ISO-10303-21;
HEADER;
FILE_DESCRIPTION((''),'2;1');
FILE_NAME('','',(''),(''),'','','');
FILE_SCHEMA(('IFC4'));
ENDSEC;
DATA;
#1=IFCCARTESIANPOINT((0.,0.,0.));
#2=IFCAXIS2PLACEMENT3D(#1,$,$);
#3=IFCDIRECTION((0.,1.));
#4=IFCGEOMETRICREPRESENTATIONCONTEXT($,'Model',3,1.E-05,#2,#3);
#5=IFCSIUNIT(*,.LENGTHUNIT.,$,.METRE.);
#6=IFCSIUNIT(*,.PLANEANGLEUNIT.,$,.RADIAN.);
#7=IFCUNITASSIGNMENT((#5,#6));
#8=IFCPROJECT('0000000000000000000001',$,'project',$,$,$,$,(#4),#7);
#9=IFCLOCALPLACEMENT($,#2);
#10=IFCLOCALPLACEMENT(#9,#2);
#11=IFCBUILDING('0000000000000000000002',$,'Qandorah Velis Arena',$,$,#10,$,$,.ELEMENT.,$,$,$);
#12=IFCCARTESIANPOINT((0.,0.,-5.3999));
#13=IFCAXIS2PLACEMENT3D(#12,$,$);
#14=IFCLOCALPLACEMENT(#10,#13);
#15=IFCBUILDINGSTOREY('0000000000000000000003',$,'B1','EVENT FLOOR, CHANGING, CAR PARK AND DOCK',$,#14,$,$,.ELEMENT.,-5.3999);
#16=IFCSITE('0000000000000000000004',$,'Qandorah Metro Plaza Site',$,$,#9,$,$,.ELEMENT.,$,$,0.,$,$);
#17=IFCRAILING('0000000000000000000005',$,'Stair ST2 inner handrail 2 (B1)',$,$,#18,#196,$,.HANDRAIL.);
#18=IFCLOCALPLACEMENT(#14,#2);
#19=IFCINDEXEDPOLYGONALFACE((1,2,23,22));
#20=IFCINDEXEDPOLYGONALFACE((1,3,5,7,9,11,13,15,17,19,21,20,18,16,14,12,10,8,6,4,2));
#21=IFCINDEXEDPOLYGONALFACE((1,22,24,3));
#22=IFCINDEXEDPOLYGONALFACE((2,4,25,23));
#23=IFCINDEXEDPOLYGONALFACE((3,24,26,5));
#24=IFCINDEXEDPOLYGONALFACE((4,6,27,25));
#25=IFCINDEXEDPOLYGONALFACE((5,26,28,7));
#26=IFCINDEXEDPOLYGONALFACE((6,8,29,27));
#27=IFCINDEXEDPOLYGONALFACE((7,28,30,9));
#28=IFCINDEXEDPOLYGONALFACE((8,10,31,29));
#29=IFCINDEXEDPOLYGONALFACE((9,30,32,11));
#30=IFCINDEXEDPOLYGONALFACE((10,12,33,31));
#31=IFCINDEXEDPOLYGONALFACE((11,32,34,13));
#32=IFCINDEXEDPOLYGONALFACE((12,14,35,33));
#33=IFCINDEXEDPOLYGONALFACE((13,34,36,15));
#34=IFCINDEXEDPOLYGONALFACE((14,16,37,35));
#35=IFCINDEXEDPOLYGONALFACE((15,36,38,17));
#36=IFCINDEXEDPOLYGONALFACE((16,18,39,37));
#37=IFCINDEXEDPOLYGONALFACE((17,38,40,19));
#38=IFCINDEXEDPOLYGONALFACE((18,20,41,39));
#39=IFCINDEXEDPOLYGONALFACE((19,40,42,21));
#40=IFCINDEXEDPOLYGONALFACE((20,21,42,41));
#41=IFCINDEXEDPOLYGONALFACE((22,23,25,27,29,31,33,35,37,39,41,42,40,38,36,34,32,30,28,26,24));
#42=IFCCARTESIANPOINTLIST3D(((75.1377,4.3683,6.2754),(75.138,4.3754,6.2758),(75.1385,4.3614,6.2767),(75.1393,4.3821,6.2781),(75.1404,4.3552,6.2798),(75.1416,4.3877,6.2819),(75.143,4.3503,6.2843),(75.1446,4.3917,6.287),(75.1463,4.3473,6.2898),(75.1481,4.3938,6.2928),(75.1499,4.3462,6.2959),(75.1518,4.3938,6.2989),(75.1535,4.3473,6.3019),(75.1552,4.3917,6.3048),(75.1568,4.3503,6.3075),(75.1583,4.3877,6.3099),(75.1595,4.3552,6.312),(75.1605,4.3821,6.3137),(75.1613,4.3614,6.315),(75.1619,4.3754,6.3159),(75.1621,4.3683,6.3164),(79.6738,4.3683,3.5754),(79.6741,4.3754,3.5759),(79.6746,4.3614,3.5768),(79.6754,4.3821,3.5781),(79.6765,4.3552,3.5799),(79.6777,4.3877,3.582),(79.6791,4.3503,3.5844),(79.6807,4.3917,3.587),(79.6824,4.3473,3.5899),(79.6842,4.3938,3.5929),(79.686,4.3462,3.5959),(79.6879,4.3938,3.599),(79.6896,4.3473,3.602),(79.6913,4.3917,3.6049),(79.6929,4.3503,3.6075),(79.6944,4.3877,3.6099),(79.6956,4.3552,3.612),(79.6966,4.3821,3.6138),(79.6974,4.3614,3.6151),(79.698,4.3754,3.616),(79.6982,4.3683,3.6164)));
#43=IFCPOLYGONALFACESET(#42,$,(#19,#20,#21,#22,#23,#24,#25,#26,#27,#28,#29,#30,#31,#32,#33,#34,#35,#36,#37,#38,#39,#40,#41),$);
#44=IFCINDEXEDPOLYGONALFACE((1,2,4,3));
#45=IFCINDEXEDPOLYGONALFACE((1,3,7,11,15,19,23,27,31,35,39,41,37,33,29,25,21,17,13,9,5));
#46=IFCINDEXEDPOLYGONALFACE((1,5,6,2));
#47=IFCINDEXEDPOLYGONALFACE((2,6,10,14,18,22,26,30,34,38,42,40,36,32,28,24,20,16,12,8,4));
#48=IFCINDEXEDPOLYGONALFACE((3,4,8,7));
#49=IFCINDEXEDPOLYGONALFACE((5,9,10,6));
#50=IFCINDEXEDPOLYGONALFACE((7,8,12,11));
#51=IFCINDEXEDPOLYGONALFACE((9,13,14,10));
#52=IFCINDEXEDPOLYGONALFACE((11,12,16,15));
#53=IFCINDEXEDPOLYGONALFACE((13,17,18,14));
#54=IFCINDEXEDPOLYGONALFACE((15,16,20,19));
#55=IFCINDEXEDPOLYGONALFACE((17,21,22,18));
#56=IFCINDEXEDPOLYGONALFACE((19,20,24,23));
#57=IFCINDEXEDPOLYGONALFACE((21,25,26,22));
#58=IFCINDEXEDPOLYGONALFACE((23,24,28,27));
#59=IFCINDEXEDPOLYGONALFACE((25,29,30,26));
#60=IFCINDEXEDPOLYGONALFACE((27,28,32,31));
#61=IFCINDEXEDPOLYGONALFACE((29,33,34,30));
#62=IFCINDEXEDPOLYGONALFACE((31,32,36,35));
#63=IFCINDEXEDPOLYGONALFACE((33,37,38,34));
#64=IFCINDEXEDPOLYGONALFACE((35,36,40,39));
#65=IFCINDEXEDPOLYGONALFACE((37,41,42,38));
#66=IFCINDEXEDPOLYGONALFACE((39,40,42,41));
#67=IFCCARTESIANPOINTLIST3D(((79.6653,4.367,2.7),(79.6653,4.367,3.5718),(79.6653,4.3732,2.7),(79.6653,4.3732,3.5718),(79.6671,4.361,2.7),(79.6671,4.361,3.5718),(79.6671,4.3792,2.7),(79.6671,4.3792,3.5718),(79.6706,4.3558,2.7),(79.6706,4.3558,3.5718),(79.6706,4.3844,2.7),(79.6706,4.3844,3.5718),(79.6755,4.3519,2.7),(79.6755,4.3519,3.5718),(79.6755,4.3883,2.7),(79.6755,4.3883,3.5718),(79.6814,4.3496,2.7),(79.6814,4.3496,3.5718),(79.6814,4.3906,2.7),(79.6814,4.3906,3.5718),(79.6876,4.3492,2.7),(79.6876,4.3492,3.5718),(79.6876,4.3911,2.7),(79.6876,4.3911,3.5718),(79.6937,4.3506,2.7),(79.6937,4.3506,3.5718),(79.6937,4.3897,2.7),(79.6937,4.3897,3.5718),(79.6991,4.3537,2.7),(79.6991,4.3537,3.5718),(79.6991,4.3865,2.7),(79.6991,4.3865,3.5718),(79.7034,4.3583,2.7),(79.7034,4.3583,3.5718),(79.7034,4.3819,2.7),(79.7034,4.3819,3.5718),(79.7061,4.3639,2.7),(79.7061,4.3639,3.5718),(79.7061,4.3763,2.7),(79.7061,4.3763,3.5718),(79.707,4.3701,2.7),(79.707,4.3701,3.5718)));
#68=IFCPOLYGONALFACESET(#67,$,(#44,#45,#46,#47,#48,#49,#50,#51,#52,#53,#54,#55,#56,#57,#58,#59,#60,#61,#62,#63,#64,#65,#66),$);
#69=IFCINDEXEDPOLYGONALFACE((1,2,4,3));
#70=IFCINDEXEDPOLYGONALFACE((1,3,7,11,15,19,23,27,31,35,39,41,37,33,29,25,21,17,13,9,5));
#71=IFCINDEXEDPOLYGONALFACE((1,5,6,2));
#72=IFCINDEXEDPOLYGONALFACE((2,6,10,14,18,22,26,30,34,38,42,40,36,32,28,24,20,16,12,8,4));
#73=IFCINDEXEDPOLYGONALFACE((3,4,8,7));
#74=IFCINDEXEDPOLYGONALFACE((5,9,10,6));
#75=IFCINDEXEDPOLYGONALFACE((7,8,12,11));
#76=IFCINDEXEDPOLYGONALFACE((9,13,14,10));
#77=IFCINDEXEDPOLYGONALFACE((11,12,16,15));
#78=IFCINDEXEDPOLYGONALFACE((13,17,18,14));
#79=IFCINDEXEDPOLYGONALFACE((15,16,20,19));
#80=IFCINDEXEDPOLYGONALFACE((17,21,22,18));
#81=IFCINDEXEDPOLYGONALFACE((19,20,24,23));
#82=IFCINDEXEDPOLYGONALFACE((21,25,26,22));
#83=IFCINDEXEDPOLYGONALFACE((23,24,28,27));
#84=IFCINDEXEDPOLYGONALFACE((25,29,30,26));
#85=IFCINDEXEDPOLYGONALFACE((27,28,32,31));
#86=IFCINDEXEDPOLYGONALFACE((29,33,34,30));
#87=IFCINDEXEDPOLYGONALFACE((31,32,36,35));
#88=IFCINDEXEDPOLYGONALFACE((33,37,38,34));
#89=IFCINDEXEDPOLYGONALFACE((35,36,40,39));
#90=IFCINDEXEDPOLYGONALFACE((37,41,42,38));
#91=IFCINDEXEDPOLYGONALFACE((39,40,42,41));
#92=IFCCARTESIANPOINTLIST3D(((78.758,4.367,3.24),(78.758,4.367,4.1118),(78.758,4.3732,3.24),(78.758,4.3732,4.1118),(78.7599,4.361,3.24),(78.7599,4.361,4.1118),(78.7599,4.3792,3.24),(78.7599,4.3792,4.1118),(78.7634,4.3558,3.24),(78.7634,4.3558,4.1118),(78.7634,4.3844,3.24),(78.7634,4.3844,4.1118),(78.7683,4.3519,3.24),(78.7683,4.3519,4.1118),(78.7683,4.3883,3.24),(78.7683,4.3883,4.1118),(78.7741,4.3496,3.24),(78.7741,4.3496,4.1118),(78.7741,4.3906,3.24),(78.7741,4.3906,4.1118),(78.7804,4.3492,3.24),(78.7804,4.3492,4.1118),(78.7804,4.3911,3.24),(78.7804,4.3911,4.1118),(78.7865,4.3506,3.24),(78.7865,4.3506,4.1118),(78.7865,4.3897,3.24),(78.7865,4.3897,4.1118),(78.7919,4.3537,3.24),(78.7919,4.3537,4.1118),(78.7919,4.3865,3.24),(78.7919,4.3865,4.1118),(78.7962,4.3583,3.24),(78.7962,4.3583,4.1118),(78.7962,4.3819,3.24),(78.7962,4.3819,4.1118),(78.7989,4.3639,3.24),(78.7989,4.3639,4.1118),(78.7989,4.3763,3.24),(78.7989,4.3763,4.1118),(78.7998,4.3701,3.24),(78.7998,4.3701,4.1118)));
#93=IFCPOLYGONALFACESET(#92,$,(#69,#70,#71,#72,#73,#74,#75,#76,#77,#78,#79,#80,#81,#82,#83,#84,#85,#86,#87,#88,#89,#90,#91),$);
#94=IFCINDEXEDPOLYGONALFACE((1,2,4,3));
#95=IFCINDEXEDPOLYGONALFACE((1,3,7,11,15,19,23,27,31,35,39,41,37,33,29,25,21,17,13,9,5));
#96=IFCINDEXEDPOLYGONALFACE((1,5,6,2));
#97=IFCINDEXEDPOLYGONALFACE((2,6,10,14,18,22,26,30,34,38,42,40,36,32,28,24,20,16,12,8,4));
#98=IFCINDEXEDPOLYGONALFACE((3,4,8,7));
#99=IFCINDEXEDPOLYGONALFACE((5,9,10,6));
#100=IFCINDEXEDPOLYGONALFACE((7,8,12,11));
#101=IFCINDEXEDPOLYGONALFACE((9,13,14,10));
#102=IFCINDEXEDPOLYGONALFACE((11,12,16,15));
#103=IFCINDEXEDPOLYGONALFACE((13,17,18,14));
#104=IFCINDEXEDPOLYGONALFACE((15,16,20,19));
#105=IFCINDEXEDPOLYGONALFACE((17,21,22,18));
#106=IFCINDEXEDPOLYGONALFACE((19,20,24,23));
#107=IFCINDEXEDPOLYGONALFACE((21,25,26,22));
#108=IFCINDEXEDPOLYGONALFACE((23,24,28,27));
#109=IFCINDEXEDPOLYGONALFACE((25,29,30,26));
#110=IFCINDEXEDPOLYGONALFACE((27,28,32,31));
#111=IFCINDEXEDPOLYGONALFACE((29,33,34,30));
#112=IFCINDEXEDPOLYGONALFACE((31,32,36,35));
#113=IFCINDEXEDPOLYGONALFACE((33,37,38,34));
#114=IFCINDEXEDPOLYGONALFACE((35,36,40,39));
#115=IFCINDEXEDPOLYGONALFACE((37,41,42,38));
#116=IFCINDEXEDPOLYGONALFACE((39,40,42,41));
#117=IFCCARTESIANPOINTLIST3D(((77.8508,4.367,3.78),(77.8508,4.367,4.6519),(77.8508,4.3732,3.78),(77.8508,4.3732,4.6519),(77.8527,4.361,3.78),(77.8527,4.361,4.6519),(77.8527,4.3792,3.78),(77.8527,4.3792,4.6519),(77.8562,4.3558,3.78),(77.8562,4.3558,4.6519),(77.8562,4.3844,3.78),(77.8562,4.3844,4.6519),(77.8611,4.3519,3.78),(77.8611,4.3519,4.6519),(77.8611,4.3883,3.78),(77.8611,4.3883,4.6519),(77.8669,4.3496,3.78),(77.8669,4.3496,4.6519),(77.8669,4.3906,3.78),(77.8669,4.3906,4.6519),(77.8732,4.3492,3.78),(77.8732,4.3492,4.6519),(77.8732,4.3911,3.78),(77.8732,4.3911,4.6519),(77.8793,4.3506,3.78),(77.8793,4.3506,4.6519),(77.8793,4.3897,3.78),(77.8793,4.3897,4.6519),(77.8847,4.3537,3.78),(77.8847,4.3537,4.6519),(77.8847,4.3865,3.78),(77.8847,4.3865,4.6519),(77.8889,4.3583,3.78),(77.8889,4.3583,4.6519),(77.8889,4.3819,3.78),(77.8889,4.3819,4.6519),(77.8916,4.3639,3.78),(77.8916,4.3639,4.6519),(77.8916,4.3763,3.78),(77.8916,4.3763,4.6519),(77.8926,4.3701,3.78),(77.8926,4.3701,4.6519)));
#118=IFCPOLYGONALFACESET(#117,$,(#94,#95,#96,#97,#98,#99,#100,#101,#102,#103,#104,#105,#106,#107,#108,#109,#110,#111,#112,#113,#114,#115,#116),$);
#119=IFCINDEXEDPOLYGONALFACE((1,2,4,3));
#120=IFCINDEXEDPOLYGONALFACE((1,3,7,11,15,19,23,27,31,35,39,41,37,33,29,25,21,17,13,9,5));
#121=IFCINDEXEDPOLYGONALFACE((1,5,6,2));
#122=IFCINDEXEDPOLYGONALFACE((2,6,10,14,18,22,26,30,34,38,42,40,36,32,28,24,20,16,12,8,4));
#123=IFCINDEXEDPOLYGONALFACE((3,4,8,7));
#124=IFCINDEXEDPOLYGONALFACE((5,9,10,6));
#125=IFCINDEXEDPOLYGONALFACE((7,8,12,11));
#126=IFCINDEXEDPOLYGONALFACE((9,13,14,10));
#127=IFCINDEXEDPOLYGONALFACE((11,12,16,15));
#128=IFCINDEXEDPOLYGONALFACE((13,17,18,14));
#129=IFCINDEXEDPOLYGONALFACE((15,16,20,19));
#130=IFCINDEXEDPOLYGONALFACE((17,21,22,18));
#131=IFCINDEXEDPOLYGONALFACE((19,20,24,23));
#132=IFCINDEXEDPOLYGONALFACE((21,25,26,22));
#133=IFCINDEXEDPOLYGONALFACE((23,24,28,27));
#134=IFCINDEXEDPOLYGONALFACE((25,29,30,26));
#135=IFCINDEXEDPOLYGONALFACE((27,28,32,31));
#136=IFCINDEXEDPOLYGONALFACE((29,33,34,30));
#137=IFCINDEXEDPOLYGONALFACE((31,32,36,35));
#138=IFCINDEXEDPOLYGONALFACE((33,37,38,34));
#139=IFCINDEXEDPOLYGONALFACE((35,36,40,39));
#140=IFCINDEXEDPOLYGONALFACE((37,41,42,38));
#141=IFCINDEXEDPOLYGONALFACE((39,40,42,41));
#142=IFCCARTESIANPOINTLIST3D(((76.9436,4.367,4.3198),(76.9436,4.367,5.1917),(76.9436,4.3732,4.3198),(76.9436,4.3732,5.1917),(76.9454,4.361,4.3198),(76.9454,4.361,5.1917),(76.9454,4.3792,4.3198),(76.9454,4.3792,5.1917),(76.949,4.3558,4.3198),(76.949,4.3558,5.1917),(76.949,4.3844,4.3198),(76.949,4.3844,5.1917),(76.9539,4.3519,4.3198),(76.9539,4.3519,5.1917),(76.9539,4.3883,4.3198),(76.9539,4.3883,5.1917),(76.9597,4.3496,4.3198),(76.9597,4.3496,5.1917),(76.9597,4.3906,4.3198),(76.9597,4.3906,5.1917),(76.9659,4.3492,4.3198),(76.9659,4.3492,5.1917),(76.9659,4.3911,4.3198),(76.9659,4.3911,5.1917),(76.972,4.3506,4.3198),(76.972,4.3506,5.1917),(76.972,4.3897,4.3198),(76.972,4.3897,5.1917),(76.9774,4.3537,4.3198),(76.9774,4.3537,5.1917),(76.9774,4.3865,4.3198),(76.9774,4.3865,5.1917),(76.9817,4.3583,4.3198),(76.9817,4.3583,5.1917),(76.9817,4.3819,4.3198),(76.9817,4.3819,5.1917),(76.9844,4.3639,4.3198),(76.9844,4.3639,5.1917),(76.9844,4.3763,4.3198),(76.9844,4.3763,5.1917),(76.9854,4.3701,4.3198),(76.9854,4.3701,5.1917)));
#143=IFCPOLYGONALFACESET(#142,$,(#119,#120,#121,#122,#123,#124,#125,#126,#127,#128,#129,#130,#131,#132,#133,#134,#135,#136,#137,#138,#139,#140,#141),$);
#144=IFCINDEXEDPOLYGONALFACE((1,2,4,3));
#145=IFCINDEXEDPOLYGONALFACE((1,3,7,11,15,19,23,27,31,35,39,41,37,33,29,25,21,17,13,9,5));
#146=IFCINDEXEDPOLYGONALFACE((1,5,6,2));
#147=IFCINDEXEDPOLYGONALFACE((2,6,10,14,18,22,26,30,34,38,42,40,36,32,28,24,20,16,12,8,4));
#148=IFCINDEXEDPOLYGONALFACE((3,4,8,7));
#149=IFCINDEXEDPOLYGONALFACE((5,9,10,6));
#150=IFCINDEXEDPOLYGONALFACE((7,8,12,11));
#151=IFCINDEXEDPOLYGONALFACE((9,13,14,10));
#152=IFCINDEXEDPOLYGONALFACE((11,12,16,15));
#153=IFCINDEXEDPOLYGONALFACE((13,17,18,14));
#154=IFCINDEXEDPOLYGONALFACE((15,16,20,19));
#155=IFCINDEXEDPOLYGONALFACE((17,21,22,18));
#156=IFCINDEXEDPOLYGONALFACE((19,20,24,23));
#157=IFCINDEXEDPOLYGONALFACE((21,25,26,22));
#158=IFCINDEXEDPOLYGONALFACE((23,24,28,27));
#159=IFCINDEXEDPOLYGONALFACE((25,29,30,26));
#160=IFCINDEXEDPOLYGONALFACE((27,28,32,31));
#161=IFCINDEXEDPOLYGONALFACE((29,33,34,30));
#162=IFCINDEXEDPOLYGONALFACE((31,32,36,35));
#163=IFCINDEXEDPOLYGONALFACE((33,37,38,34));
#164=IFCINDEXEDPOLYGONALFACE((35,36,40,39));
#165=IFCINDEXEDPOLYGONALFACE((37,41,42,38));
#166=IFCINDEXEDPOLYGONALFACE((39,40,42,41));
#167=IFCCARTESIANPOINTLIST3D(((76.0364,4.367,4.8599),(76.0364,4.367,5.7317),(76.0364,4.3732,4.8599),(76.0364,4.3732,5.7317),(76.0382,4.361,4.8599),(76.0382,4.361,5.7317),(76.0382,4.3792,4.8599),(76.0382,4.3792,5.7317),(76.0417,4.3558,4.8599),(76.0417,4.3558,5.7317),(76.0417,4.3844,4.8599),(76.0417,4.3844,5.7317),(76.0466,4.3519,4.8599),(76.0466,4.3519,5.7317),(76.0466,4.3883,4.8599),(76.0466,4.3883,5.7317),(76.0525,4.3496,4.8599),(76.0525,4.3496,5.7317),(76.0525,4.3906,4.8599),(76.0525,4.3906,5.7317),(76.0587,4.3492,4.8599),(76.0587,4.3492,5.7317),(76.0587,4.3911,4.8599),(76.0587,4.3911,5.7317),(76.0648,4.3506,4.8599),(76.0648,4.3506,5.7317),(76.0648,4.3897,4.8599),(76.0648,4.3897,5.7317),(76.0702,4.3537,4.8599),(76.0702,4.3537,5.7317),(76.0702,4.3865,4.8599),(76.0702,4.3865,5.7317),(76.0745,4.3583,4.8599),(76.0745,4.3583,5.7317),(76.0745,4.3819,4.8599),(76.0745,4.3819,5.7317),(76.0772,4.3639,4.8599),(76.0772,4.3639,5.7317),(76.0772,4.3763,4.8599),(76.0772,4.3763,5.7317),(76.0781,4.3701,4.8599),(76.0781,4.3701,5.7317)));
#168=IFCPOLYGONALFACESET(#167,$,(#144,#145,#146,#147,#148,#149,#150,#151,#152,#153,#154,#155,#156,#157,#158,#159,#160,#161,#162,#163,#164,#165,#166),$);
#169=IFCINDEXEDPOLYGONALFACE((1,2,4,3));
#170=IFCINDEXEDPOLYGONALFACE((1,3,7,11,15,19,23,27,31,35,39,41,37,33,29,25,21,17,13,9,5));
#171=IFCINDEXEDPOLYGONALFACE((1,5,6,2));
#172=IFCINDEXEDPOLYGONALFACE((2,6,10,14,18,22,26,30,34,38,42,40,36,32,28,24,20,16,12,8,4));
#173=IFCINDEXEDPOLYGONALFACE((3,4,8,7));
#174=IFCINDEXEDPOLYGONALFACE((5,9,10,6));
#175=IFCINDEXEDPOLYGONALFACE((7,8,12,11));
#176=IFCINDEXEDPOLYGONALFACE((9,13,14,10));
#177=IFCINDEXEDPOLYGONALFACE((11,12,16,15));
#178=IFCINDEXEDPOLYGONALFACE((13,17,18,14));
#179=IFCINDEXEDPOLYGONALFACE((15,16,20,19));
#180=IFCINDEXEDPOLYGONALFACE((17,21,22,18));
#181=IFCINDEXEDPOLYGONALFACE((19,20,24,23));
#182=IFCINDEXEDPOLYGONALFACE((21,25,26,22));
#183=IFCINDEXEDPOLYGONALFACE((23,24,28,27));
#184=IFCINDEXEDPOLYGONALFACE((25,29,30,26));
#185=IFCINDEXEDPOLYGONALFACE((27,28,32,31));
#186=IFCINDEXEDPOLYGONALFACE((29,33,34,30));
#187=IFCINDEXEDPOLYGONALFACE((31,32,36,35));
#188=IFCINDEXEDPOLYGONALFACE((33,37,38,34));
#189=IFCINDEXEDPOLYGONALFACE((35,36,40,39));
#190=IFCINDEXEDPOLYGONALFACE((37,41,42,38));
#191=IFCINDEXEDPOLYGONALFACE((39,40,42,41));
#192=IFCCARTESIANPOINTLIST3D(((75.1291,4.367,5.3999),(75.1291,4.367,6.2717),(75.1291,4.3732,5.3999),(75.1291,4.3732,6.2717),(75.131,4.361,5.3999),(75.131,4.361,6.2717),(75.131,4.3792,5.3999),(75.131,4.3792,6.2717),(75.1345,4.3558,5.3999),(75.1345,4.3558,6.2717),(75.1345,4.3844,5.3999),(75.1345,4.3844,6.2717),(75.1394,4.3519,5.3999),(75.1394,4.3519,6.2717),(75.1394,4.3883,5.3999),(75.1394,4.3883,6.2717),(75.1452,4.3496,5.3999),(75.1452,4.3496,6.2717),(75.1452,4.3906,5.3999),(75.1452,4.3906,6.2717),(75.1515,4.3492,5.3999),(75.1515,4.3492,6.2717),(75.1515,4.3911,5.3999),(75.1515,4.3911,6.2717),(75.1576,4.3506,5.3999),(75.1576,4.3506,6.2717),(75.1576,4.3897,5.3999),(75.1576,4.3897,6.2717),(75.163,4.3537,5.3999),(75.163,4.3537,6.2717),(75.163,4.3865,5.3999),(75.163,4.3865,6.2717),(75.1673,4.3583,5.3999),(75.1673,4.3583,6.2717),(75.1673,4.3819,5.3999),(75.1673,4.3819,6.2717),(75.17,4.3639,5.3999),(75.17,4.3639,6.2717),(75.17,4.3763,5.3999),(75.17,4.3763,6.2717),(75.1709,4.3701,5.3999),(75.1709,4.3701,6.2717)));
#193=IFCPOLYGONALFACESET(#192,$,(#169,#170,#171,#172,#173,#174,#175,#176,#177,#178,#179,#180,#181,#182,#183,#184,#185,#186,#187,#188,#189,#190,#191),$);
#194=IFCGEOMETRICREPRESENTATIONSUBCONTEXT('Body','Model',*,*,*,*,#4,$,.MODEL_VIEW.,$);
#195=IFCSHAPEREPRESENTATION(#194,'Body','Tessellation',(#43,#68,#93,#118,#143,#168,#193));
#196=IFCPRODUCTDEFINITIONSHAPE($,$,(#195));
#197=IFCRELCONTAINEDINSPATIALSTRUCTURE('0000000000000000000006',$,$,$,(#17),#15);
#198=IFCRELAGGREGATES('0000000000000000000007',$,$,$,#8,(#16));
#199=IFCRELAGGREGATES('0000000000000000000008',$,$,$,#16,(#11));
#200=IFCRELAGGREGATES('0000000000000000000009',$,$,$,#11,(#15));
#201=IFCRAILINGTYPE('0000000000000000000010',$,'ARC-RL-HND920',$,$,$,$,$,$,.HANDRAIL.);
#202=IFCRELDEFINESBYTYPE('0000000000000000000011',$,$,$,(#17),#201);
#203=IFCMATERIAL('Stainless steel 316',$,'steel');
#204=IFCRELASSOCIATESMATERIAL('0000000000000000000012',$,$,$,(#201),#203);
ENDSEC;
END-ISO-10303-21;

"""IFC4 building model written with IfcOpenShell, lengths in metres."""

from ifc_helpers import new_model, si_unit, direction, frame, origin, origin_2d, place, context, subcontext, project, spatial, circle, extrude, material, type_object, element, save


model = new_model("IFC4")

# Units and contexts
model_context = context("Model", 3, precision=1e-05, world=origin(), true_north=direction((0.0, 1.0)))
body_context = subcontext(model_context, "Body", "Model", "MODEL_VIEW")
ifc_project = project(units=[si_unit("LENGTHUNIT", "METRE"), si_unit("PLANEANGLEUNIT", "RADIAN")], contexts=[model_context])

# Site, building, storey
site_placement = place(None, origin())
site = spatial("IfcSite", under=ifc_project, at=site_placement, Name="Qandorah Metro Plaza Site", CompositionType="ELEMENT", RefElevation=0.0)
building_placement = place(site_placement, origin())
building = spatial("IfcBuilding", under=site, at=building_placement, Name="Qandorah Velis Arena", CompositionType="ELEMENT")
storey_placement = place(building_placement, frame((0.0, 0.0, -5.3999)))
storey = spatial("IfcBuildingStorey", under=building, at=storey_placement, Name="B1", Description="EVENT FLOOR, CHANGING, CAR PARK AND DOCK", CompositionType="ELEMENT", Elevation=-5.3999)

# Railing
ifc_material_1 = material(Name="Stainless steel 316", Category="steel")
railing_type_1 = type_object("IfcRailingType", Name="ARC-RL-HND920", PredefinedType="HANDRAIL", material=ifc_material_1)
railing_1_placement = place(storey_placement, frame((79.686, 4.3701, 2.7)))
element("IfcRailing", 1, at=railing_1_placement, inside=storey, type_object=railing_type_1, Name="Stair ST2 inner handrail 2 (B1)", PredefinedType="HANDRAIL", context=body_context, shape_type="SweptSolid", body=[
    extrude(circle(Radius=0.0239, at=origin_2d()), frame((0.0, 0.0, 0.896), z_axis=(-0.859304, 0.0, 0.511466), x_axis=(0.0, -1.0, 0.0)), (0.0, 0.0, 1.0), 5.2788),
    extrude(circle(Radius=0.021, at=origin_2d()), origin(), (0.0, 0.0, 1.0), 0.8718),
    extrude(circle(Radius=0.021, at=origin_2d()), frame((-0.9072, 0.0, 0.54)), (0.0, 0.0, 1.0), 0.8718),
    extrude(circle(Radius=0.021, at=origin_2d()), frame((-1.8145, 0.0, 1.0801)), (0.0, 0.0, 1.0), 0.8718),
    extrude(circle(Radius=0.021, at=origin_2d()), frame((-2.7217, 0.0, 1.6199)), (0.0, 0.0, 1.0), 0.8718),
    extrude(circle(Radius=0.021, at=origin_2d()), frame((-3.6289, 0.0, 2.1599)), (0.0, 0.0, 1.0), 0.8718),
    extrude(circle(Radius=0.021, at=origin_2d()), frame((-4.5361, 0.0, 2.7)), (0.0, 0.0, 1.0), 0.8718),
])

save(model, "model.ifc")
